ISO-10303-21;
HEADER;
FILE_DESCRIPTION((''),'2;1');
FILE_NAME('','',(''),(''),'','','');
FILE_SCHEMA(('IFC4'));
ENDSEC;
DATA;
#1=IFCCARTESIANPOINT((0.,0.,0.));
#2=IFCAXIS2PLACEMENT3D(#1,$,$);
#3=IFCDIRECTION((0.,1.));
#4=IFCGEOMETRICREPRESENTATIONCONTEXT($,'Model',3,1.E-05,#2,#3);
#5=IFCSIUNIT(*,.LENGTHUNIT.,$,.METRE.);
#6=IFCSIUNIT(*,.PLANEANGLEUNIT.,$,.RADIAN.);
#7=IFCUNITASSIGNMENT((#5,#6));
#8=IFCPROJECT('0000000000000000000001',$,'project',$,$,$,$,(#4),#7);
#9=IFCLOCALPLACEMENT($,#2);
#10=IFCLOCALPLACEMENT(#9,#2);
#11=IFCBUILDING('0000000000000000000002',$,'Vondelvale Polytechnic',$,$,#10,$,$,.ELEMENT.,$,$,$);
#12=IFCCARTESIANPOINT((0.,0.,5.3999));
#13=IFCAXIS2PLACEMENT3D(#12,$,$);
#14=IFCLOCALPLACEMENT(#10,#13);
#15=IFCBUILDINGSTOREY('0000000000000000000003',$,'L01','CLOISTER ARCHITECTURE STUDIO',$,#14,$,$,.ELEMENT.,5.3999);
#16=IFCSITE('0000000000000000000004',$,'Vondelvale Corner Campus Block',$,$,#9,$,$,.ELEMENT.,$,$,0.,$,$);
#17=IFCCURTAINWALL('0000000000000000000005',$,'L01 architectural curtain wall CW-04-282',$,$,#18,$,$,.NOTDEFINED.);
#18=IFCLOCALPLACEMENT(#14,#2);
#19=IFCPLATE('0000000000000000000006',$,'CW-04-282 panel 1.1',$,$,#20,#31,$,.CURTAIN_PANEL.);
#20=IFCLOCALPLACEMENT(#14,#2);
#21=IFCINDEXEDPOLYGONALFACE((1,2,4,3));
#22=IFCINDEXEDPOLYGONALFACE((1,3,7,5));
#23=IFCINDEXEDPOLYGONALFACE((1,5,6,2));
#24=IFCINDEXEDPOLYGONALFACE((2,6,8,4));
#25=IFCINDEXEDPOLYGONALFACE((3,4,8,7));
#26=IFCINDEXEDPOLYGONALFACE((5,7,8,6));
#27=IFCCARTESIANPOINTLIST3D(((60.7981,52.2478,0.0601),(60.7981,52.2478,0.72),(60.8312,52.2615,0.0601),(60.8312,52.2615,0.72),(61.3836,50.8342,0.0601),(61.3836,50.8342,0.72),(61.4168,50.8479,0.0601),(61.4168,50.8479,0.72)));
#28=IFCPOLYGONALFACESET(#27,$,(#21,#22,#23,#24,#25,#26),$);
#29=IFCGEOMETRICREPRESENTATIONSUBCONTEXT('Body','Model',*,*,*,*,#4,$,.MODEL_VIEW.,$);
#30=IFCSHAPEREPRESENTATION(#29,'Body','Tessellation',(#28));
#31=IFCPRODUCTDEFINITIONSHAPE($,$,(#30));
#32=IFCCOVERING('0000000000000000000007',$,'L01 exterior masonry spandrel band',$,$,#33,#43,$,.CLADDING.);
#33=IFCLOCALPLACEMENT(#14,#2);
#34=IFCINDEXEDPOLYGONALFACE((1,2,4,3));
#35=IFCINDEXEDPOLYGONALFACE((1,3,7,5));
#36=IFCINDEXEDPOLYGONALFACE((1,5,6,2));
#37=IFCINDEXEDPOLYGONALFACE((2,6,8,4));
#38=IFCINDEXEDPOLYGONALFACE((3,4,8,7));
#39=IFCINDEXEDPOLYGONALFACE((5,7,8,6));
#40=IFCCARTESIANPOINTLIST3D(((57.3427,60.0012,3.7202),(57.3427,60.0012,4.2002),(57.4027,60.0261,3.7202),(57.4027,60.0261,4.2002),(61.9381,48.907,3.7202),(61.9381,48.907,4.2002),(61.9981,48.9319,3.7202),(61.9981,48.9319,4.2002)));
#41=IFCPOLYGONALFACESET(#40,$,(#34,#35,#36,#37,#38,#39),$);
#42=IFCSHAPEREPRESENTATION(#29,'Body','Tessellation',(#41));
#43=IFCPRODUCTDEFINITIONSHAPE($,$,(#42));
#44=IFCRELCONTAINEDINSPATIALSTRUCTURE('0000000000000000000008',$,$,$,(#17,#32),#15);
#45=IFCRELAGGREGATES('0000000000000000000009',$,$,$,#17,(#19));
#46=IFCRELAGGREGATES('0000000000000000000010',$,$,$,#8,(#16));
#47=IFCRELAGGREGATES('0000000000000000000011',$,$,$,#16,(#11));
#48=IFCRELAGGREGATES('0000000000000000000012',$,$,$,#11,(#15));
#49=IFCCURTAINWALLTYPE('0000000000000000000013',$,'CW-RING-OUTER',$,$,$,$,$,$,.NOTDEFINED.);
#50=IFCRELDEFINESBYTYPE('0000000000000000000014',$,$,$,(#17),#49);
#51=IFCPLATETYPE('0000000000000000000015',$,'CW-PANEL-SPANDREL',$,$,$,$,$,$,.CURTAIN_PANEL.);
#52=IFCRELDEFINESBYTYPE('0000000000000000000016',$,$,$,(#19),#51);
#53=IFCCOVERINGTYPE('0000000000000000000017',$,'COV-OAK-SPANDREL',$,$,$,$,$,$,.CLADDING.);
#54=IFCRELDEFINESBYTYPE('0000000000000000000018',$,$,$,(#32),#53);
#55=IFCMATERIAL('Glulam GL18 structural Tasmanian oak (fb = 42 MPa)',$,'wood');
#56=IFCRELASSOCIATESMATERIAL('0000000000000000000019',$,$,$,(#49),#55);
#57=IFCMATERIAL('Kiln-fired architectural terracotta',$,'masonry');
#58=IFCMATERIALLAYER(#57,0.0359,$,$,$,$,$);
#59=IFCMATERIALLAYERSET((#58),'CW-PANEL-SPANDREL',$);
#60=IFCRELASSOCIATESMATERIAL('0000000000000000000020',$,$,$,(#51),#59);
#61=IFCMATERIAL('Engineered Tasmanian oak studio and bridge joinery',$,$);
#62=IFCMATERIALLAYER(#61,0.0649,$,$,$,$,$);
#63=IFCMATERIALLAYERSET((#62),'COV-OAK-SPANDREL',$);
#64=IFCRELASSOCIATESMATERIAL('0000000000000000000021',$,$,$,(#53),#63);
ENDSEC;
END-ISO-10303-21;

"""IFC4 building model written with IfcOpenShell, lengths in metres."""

from ifc_helpers import new_model, si_unit, direction, frame, origin, origin_2d, place, context, subcontext, project, spatial, rectangle, extrude, material, layer, layer_set, type_object, element, aggregate, save


model = new_model("IFC4")

# Units and contexts
model_context = context("Model", 3, precision=1e-05, world=origin(), true_north=direction((0.0, 1.0)))
body_context = subcontext(model_context, "Body", "Model", "MODEL_VIEW")
ifc_project = project(units=[si_unit("LENGTHUNIT", "METRE"), si_unit("PLANEANGLEUNIT", "RADIAN")], contexts=[model_context])

# Site, building, storey
site_placement = place(None, origin())
site = spatial("IfcSite", under=ifc_project, at=site_placement, Name="Vondelvale Corner Campus Block", CompositionType="ELEMENT", RefElevation=0.0)
building_placement = place(site_placement, origin())
building = spatial("IfcBuilding", under=site, at=building_placement, Name="Vondelvale Polytechnic", CompositionType="ELEMENT")
storey_placement = place(building_placement, frame((0.0, 0.0, 5.3999)))
storey = spatial("IfcBuildingStorey", under=building, at=storey_placement, Name="L01", Description="CLOISTER ARCHITECTURE STUDIO", CompositionType="ELEMENT", Elevation=5.3999)

# Shared definitions
ifc_material_1 = material(Name="Glulam GL18 structural Tasmanian oak (fb = 42 MPa)", Category="wood")

# Shared definitions
curtain_wall_type = type_object("IfcCurtainWallType", Name="CW-RING-OUTER", PredefinedType="NOTDEFINED", material=ifc_material_1)

# Curtain wall
curtain_wall_1_placement = place(storey_placement, origin())
curtain_wall_1 = element("IfcCurtainWall", 1, at=curtain_wall_1_placement, inside=storey, type_object=curtain_wall_type, Name="L01 architectural curtain wall CW-04-282", PredefinedType="NOTDEFINED")

# Plate
ifc_material_2 = material(Name="Engineered Tasmanian oak studio and bridge joinery")
ifc_material_3 = material(Name="Kiln-fired architectural terracotta", Category="masonry")
ifc_layer_1 = layer(ifc_material_3, 0.0359)
ifc_layer_set_1 = layer_set([ifc_layer_1], Name="CW-PANEL-SPANDREL")
plate_type_1 = type_object("IfcPlateType", Name="CW-PANEL-SPANDREL", PredefinedType="CURTAIN_PANEL", material=ifc_layer_set_1)
plate_1_placement = place(storey_placement, frame((61.1074, 51.5479, 0.0601), z_axis=(0.0, 0.0, 1.0), x_axis=(0.382677, -0.923882, 0.0)))
plate_1 = element("IfcPlate", 2, at=plate_1_placement, type_object=plate_type_1, Name="CW-04-282 panel 1.1", PredefinedType="CURTAIN_PANEL", context=body_context, shape_type="SweptSolid", body=[
    extrude(rectangle(XDim=1.53, YDim=0.0359, at=origin_2d()), origin(), (0.0, 0.0, 1.0), 0.6599),
])
aggregate(curtain_wall_1, [plate_1])

# Covering
ifc_layer_2 = layer(ifc_material_2, 0.0649)
ifc_layer_set_2 = layer_set([ifc_layer_2], Name="COV-OAK-SPANDREL")
covering_type = type_object("IfcCoveringType", Name="COV-OAK-SPANDREL", PredefinedType="CLADDING", material=ifc_layer_set_2)
covering_placement = place(storey_placement, frame((59.6704, 54.4666, 3.7202), z_axis=(0.0, 0.0, 1.0), x_axis=(0.382683, -0.92388, 0.0)))
element("IfcCovering", 3, at=covering_placement, inside=storey, type_object=covering_type, Name="L01 exterior masonry spandrel band", PredefinedType="CLADDING", context=body_context, shape_type="SweptSolid", body=[
    extrude(rectangle(XDim=12.0083, YDim=0.0649, at=origin_2d()), origin(), (0.0, 0.0, 1.0), 0.48),
])

save(model, "model.ifc")
